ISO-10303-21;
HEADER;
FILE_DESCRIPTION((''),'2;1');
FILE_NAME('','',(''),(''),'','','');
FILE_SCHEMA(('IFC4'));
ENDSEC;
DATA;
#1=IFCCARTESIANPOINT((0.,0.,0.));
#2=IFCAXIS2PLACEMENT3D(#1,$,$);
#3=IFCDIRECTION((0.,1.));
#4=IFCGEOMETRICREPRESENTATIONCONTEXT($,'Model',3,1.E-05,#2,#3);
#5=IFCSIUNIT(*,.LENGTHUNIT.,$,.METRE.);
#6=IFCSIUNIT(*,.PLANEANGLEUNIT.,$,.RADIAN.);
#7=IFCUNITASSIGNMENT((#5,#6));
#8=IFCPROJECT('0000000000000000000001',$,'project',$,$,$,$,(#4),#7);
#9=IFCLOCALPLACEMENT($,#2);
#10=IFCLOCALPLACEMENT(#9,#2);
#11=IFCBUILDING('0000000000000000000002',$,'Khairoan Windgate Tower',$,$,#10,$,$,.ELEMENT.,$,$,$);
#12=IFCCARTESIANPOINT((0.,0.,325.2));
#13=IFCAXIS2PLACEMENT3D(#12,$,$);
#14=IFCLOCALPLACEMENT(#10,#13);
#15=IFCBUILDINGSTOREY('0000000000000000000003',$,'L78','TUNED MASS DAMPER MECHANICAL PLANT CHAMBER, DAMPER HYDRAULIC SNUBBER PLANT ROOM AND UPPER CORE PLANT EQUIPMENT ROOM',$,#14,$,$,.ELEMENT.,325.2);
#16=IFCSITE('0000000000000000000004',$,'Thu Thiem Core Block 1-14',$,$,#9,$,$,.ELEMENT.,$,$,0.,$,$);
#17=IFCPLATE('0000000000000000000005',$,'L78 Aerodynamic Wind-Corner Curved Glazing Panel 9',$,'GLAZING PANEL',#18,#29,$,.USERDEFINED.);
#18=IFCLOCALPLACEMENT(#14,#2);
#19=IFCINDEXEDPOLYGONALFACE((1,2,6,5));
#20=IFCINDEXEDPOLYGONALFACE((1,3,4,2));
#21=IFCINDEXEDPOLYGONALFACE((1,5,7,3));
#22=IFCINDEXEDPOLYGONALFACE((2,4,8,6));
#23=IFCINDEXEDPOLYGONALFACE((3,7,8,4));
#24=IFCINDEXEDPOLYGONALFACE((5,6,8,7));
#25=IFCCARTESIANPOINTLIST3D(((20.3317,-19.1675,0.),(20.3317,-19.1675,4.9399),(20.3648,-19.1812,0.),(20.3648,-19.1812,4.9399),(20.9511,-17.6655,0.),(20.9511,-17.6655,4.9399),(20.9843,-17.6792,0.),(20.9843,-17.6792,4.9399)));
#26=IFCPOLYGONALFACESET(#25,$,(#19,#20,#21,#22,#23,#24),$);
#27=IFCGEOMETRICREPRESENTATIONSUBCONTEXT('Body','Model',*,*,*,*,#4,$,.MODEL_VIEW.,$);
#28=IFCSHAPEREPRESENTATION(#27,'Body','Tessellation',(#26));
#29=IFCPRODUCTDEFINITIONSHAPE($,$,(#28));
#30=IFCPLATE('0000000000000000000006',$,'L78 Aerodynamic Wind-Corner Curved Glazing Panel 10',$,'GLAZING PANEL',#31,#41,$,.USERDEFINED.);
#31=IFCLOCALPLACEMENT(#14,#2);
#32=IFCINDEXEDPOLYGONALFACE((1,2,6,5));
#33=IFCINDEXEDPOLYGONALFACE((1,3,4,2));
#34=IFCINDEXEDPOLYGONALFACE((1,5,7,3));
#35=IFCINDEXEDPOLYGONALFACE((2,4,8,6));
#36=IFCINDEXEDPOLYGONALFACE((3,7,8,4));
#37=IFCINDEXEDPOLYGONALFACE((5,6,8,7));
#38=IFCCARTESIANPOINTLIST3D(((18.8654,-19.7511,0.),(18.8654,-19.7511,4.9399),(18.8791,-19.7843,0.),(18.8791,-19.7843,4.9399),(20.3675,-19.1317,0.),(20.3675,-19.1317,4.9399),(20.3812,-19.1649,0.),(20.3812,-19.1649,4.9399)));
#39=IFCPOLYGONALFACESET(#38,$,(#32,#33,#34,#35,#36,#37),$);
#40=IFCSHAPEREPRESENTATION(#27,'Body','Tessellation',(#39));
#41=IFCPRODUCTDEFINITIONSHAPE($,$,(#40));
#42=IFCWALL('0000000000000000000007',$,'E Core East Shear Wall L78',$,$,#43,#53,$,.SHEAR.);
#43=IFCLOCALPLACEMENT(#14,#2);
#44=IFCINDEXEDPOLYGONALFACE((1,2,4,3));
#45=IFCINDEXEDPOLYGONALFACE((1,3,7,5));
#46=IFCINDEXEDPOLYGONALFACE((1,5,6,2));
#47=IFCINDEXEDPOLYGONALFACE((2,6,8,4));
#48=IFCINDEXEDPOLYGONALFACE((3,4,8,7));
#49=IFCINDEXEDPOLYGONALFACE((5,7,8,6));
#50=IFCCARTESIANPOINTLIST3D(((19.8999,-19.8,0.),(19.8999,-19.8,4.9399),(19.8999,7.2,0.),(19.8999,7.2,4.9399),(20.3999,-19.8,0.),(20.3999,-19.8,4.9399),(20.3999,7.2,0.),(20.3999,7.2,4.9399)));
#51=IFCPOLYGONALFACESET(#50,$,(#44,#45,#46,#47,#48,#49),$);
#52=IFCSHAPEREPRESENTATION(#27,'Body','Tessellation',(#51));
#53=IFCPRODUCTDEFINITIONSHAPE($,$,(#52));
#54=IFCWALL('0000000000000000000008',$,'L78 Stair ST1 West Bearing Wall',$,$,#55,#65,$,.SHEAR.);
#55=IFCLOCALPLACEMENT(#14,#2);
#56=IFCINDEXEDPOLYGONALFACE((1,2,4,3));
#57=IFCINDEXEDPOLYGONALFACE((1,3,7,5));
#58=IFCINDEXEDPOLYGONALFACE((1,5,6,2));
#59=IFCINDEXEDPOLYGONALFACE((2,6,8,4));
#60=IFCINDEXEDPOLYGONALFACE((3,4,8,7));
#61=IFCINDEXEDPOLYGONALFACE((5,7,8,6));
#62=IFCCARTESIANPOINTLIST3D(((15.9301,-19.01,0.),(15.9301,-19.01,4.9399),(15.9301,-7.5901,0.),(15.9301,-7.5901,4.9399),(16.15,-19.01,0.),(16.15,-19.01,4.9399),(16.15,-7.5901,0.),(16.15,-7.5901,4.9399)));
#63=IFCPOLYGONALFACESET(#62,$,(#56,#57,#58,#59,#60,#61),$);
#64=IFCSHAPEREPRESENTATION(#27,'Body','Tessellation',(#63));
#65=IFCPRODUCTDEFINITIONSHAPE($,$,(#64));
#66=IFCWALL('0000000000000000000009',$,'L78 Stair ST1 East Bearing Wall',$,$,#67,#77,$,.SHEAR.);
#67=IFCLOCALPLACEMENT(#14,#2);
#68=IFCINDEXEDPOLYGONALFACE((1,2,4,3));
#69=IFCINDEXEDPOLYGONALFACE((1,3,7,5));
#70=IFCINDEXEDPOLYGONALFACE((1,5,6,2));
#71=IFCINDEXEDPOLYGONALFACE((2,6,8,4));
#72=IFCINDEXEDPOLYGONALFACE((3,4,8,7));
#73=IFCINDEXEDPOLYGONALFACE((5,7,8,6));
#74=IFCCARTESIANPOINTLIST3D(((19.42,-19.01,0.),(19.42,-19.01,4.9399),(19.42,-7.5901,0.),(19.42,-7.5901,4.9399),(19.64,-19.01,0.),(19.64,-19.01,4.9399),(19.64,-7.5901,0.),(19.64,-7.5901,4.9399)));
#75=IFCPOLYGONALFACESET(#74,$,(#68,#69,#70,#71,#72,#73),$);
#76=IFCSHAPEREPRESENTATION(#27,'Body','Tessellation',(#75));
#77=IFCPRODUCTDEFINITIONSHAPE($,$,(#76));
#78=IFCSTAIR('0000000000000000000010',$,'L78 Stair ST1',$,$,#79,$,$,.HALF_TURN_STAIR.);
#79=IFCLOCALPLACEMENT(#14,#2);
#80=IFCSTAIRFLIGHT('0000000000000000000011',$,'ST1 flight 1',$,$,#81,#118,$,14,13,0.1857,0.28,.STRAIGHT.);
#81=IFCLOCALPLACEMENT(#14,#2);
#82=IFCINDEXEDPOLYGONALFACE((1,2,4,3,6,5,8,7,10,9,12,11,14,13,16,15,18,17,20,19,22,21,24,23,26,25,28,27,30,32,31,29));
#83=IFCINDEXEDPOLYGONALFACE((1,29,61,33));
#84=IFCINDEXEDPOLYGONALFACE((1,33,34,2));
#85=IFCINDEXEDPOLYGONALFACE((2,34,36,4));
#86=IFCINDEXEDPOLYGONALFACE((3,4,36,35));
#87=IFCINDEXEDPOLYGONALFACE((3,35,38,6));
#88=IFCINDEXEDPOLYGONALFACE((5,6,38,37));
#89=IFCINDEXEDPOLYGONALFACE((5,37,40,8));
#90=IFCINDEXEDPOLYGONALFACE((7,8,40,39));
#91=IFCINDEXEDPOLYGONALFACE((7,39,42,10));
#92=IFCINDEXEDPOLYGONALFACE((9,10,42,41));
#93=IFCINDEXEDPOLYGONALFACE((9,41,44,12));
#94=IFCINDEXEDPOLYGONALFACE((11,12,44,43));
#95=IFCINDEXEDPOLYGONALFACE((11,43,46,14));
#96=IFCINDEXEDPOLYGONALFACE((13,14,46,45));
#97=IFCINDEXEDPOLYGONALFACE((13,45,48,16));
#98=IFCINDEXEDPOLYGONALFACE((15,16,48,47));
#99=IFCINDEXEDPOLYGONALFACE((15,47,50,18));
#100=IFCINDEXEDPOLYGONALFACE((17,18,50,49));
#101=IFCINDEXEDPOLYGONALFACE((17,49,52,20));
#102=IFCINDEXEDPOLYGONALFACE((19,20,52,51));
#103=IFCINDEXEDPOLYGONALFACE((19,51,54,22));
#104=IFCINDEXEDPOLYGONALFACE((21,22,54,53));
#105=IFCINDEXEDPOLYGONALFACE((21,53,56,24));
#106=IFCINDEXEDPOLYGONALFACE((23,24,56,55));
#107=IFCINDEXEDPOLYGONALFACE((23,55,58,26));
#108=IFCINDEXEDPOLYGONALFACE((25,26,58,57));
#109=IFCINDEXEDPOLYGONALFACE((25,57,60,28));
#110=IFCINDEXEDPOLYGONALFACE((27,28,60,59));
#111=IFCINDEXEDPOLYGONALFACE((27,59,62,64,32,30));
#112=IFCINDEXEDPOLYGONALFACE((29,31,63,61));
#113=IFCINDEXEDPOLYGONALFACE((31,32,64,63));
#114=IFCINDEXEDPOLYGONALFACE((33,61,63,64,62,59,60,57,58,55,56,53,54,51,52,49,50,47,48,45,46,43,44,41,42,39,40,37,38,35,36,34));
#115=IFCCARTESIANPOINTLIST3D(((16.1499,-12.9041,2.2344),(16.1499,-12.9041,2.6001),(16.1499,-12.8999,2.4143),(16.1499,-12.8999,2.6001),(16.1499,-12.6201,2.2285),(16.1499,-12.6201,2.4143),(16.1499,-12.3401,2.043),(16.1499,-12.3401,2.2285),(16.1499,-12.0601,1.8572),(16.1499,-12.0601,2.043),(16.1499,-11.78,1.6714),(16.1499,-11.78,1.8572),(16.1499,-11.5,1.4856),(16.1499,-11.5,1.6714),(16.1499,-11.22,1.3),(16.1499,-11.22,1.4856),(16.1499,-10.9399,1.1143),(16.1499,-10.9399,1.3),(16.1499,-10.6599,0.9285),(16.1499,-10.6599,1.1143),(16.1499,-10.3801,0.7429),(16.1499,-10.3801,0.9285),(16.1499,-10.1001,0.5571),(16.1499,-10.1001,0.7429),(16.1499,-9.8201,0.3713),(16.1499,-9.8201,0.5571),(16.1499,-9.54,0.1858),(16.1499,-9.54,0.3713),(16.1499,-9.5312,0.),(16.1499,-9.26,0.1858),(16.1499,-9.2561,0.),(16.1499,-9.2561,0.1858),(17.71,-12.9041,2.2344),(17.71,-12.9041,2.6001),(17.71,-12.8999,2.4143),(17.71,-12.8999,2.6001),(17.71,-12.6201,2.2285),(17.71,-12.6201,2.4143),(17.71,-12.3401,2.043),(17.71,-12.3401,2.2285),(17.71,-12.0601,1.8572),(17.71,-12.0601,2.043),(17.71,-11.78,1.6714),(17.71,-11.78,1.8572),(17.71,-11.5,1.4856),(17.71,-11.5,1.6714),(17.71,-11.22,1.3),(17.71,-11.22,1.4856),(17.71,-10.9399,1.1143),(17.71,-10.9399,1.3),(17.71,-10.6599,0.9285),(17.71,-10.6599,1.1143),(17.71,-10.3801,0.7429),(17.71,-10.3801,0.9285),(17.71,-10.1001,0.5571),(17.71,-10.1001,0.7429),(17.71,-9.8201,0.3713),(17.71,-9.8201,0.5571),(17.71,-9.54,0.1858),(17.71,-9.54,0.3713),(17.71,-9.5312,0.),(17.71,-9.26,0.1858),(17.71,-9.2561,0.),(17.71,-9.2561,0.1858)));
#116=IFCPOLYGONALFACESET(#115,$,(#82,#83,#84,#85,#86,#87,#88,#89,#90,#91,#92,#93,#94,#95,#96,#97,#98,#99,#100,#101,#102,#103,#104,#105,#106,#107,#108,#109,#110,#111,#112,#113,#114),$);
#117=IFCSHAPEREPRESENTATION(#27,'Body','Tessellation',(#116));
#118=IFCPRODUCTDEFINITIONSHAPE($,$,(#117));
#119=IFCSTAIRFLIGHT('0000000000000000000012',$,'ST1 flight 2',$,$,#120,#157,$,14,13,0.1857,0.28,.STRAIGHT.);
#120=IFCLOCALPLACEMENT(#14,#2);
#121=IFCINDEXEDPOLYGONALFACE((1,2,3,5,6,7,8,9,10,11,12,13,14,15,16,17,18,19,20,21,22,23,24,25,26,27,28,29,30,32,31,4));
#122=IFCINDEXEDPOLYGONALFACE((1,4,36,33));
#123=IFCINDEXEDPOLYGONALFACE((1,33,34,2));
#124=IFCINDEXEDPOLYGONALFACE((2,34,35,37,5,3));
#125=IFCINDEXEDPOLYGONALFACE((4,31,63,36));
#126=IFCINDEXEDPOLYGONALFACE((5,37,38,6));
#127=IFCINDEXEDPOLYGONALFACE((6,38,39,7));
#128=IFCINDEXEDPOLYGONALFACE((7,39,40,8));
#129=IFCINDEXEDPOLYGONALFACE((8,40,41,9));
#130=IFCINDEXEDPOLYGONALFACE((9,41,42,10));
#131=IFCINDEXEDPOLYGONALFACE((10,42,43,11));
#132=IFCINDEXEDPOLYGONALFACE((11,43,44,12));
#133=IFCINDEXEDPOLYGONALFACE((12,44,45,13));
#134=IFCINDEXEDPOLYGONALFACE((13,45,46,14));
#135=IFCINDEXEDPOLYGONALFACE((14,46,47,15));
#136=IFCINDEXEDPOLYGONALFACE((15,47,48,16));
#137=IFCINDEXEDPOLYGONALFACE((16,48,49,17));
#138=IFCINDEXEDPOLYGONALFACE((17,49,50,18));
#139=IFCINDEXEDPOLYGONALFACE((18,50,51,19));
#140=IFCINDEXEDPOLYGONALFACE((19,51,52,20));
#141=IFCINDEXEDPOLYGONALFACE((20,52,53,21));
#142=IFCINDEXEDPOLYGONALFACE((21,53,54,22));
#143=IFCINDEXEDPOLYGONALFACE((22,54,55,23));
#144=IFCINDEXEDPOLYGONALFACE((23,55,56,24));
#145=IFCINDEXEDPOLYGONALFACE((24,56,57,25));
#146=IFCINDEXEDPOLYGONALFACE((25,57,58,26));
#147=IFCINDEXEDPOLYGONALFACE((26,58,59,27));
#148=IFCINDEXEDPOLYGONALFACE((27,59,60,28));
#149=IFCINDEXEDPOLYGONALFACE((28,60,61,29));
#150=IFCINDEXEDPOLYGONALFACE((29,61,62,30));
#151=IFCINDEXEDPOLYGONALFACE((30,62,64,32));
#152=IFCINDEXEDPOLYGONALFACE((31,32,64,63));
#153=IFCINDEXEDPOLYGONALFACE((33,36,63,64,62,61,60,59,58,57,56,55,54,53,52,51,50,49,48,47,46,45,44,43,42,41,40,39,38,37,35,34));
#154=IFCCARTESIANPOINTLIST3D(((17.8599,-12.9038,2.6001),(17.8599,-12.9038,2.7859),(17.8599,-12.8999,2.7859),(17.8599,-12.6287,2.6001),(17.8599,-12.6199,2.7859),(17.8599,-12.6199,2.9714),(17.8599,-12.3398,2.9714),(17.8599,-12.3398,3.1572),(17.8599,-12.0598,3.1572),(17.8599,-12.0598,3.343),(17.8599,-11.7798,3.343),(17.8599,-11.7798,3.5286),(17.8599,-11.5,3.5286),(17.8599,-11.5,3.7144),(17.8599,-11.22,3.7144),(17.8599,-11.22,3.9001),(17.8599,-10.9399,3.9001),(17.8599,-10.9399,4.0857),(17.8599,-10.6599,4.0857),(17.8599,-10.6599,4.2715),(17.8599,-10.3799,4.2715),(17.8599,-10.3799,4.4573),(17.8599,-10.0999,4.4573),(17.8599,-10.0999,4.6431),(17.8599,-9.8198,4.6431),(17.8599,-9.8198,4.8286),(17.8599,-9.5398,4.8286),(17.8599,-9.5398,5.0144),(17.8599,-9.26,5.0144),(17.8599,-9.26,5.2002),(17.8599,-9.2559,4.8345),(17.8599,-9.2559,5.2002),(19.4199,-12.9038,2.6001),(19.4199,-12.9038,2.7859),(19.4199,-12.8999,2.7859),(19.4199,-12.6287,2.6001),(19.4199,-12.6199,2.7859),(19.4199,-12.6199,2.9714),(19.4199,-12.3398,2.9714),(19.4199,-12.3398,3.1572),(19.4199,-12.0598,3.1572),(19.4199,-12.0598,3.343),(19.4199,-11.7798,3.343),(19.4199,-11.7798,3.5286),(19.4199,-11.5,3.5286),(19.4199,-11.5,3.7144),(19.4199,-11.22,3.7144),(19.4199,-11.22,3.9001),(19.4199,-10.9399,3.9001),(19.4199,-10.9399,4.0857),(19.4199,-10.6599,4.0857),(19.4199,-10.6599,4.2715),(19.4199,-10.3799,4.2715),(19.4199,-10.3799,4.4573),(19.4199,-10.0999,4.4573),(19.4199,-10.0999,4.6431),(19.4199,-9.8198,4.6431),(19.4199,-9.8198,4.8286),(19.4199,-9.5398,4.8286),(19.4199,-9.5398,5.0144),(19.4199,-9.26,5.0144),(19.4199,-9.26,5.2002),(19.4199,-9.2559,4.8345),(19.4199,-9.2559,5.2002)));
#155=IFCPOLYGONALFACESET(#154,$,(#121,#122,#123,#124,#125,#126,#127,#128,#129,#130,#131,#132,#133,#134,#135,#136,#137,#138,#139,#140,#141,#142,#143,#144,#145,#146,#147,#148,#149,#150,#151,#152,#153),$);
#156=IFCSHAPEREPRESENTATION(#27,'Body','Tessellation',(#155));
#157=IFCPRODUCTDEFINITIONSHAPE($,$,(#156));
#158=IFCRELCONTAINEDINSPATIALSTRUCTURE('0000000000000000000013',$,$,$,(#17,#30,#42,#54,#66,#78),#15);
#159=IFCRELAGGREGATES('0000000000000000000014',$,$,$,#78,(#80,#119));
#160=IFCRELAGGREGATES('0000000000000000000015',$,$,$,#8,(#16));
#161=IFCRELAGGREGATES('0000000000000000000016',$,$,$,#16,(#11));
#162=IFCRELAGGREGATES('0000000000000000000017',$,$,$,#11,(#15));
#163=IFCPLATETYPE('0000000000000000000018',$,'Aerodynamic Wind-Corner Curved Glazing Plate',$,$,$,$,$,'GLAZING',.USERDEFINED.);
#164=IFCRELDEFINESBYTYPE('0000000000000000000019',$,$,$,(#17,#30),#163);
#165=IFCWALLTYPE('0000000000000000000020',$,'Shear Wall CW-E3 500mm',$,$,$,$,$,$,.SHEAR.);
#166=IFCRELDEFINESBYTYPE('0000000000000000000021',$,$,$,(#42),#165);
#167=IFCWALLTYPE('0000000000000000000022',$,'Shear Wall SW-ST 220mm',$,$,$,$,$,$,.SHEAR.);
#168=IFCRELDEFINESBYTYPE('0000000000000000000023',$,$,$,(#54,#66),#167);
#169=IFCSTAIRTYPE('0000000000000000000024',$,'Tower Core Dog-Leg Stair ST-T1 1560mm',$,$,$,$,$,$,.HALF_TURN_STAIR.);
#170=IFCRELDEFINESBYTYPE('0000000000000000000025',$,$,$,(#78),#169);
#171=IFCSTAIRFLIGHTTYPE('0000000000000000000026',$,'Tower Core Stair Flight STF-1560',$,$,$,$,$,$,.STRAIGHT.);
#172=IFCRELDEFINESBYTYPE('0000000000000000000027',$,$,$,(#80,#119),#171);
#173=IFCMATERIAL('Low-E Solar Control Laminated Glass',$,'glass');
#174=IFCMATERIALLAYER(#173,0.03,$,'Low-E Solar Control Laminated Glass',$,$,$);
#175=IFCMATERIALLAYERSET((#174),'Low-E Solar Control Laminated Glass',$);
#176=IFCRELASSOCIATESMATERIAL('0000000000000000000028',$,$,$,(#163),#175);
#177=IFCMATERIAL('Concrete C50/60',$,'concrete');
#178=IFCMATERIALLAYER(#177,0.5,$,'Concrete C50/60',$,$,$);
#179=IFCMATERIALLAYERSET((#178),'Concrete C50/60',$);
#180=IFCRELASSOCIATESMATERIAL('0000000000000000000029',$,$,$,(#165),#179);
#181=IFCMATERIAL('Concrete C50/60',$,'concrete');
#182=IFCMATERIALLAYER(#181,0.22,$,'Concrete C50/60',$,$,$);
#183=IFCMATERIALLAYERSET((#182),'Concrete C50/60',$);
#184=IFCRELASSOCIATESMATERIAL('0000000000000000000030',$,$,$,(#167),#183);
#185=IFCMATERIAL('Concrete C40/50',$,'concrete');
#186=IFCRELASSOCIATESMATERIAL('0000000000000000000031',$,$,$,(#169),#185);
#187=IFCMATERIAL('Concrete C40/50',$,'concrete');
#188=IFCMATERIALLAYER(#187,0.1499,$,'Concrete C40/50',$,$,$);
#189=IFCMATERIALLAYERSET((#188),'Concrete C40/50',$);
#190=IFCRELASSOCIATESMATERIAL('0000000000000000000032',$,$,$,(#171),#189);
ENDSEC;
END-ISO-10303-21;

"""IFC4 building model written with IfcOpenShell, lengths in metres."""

from ifc_helpers import new_model, si_unit, direction, frame, frame_2d, origin, origin_2d, place, context, subcontext, project, spatial, polyline, rectangle, outline, extrude, material, layer, layer_set, type_object, element, aggregate, save


model = new_model("IFC4")

# Units and contexts
model_context = context("Model", 3, precision=1e-05, world=origin(), true_north=direction((0.0, 1.0)))
body_context = subcontext(model_context, "Body", "Model", "MODEL_VIEW")
ifc_project = project(units=[si_unit("LENGTHUNIT", "METRE"), si_unit("PLANEANGLEUNIT", "RADIAN")], contexts=[model_context])

# Site, building, storey
site_placement = place(None, origin())
site = spatial("IfcSite", under=ifc_project, at=site_placement, Name="Thu Thiem Core Block 1-14", CompositionType="ELEMENT", RefElevation=0.0)
building_placement = place(site_placement, origin())
building = spatial("IfcBuilding", under=site, at=building_placement, Name="Khairoan Windgate Tower", CompositionType="ELEMENT")
storey_placement = place(building_placement, frame((0.0, 0.0, 325.2)))
storey = spatial("IfcBuildingStorey", under=building, at=storey_placement, Name="L78", Description="TUNED MASS DAMPER MECHANICAL PLANT CHAMBER, DAMPER HYDRAULIC SNUBBER PLANT ROOM AND UPPER CORE PLANT EQUIPMENT ROOM", CompositionType="ELEMENT", Elevation=325.2)

# Plates
ifc_material_1 = material(Name="Low-E Solar Control Laminated Glass", Category="glass")
ifc_layer_1 = layer(ifc_material_1, 0.03, Name="Low-E Solar Control Laminated Glass")
ifc_layer_set_1 = layer_set([ifc_layer_1], Name="Low-E Solar Control Laminated Glass")
plate_type_1 = type_object("IfcPlateType", Name="Aerodynamic Wind-Corner Curved Glazing Plate", ElementType="GLAZING", PredefinedType="USERDEFINED", material=ifc_layer_set_1)
for number, where, z_axis, x_axis, name in (
    (1, (20.658, -18.4233, 0.0), (0.0, 0.0, 1.0), (-0.381232, -0.92448, 0.0), "L78 Aerodynamic Wind-Corner Curved Glazing Panel 9"),
    (2, (19.6233, -19.458, 0.0), (0.0, 0.0, 1.0), (-0.92448, -0.381232, 0.0), "L78 Aerodynamic Wind-Corner Curved Glazing Panel 10"),
):
    element("IfcPlate", number, at=place(storey_placement, frame(where, z_axis=z_axis, x_axis=x_axis)), inside=storey, type_object=plate_type_1, Name=name, ObjectType="GLAZING PANEL", PredefinedType="USERDEFINED", context=body_context, shape_type="SweptSolid", body=[
        extrude(rectangle(XDim=1.6248, YDim=0.0359, at=origin_2d()), origin(), (0.0, 0.0, 1.0), 4.9399),
    ])

# Walls
ifc_material_2 = material(Name="Concrete C50/60", Category="concrete")
ifc_layer_2 = layer(ifc_material_2, 0.5, Name="Concrete C50/60")
ifc_layer_set_2 = layer_set([ifc_layer_2], Name="Concrete C50/60")
wall_type_1 = type_object("IfcWallType", Name="Shear Wall CW-E3 500mm", PredefinedType="SHEAR", material=ifc_layer_set_2)
wall_placement = place(storey_placement, frame((20.1499, -19.8, 0.0), z_axis=(0.0, 0.0, 1.0), x_axis=(0.0, 1.0, 0.0)))
element("IfcWall", 3, at=wall_placement, inside=storey, type_object=wall_type_1, Name="E Core East Shear Wall L78", PredefinedType="SHEAR", context=body_context, shape_type="SweptSolid", body=[
    extrude(rectangle(XDim=27.0, YDim=0.5, at=frame_2d((13.5, 0.0))), origin(), (0.0, 0.0, 1.0), 4.9399),
])
ifc_material_3 = material(Name="Concrete C50/60", Category="concrete")
ifc_layer_3 = layer(ifc_material_3, 0.22, Name="Concrete C50/60")
ifc_layer_set_3 = layer_set([ifc_layer_3], Name="Concrete C50/60")
wall_type_2 = type_object("IfcWallType", Name="Shear Wall SW-ST 220mm", PredefinedType="SHEAR", material=ifc_layer_set_3)
for number, where, z_axis, x_axis, name in (
    (4, (16.04, -19.01, 0.0), (0.0, 0.0, 1.0), (0.0, 1.0, 0.0), "L78 Stair ST1 West Bearing Wall"),
    (5, (19.53, -19.01, 0.0), (0.0, 0.0, 1.0), (0.0, 1.0, 0.0), "L78 Stair ST1 East Bearing Wall"),
):
    element("IfcWall", number, at=place(storey_placement, frame(where, z_axis=z_axis, x_axis=x_axis)), inside=storey, type_object=wall_type_2, Name=name, PredefinedType="SHEAR", context=body_context, shape_type="SweptSolid", body=[
        extrude(rectangle(XDim=11.4199, YDim=0.22, at=frame_2d((5.71, 0.0))), origin(), (0.0, 0.0, 1.0), 4.9399),
    ])

# Stair, stair flights
ifc_material_4 = material(Name="Concrete C40/50", Category="concrete")
stair_type = type_object("IfcStairType", Name="Tower Core Dog-Leg Stair ST-T1 1560mm", PredefinedType="HALF_TURN_STAIR", material=ifc_material_4)
stair_placement = place(storey_placement, origin())
stair = element("IfcStair", 6, at=stair_placement, inside=storey, type_object=stair_type, Name="L78 Stair ST1", PredefinedType="HALF_TURN_STAIR")
ifc_material_5 = material(Name="Concrete C40/50", Category="concrete")
ifc_layer_4 = layer(ifc_material_5, 0.1499, Name="Concrete C40/50")
ifc_layer_set_4 = layer_set([ifc_layer_4], Name="Concrete C40/50")
stair_flight_type = type_object("IfcStairFlightType", Name="Tower Core Stair Flight STF-1560", PredefinedType="STRAIGHT", material=ifc_layer_set_4)
stair_flight_1_placement = place(storey_placement, frame((16.9299, -9.26, 0.0), z_axis=(0.0, 0.0, 1.0), x_axis=(0.0, -1.0, 0.0)))
stair_flight_1 = element("IfcStairFlight", 7, at=stair_flight_1_placement, type_object=stair_flight_type, Name="ST1 flight 1", NumberOfRisers=14, NumberOfTreads=13, PredefinedType="STRAIGHT", RiserHeight=0.1857, TreadLength=0.28, context=body_context, shape_type="SweptSolid", body=[
    extrude(outline(polyline([(-0.0039, 0.0), (-0.0039, 0.1858), (0.0, 0.1858), (0.28, 0.1858), (0.28, 0.3713), (0.5601, 0.3713), (0.5601, 0.5571), (0.8401, 0.5571), (0.8401, 0.7429), (1.1201, 0.7429), (1.1201, 0.9285), (1.3999, 0.9285), (1.3999, 1.1143), (1.6799, 1.1143), (1.6799, 1.3), (1.96, 1.3), (1.96, 1.4856), (2.24, 1.4856), (2.24, 1.6714), (2.52, 1.6714), (2.52, 1.8572), (2.8, 1.8572), (2.8, 2.043), (3.0801, 2.043), (3.0801, 2.2285), (3.3601, 2.2285), (3.3601, 2.4143), (3.6399, 2.4143), (3.6399, 2.6001), (3.644, 2.6001), (3.644, 2.2344), (0.2712, 0.0), (-0.0039, 0.0)])), frame((0.0, 0.78, 0.0), z_axis=(0.0, -1.0, 0.0), x_axis=(1.0, 0.0, 0.0)), (0.0, 0.0, 1.0), 1.5601),
])
stair_flight_2_placement = place(storey_placement, frame((18.6399, -12.8999, 2.6001), z_axis=(0.0, 0.0, 1.0), x_axis=(0.0, 1.0, 0.0)))
stair_flight_2 = element("IfcStairFlight", 8, at=stair_flight_2_placement, type_object=stair_flight_type, Name="ST1 flight 2", NumberOfRisers=14, NumberOfTreads=13, PredefinedType="STRAIGHT", RiserHeight=0.1857, TreadLength=0.28, context=body_context, shape_type="SweptSolid", body=[
    extrude(outline(polyline([(-0.0039, 0.0), (-0.0039, 0.1858), (0.0, 0.1858), (0.28, 0.1858), (0.28, 0.3713), (0.5601, 0.3713), (0.5601, 0.5571), (0.8401, 0.5571), (0.8401, 0.7429), (1.1201, 0.7429), (1.1201, 0.9285), (1.3999, 0.9285), (1.3999, 1.1143), (1.6799, 1.1143), (1.6799, 1.3), (1.96, 1.3), (1.96, 1.4856), (2.24, 1.4856), (2.24, 1.6714), (2.52, 1.6714), (2.52, 1.8572), (2.8, 1.8572), (2.8, 2.043), (3.0801, 2.043), (3.0801, 2.2285), (3.3601, 2.2285), (3.3601, 2.4143), (3.6399, 2.4143), (3.6399, 2.6001), (3.644, 2.6001), (3.644, 2.2344), (0.2712, 0.0), (-0.0039, 0.0)])), frame((0.0, 0.78, 0.0), z_axis=(0.0, -1.0, 0.0), x_axis=(1.0, 0.0, 0.0)), (0.0, 0.0, 1.0), 1.5601),
])
aggregate(stair, [stair_flight_1, stair_flight_2])

save(model, "model.ifc")
